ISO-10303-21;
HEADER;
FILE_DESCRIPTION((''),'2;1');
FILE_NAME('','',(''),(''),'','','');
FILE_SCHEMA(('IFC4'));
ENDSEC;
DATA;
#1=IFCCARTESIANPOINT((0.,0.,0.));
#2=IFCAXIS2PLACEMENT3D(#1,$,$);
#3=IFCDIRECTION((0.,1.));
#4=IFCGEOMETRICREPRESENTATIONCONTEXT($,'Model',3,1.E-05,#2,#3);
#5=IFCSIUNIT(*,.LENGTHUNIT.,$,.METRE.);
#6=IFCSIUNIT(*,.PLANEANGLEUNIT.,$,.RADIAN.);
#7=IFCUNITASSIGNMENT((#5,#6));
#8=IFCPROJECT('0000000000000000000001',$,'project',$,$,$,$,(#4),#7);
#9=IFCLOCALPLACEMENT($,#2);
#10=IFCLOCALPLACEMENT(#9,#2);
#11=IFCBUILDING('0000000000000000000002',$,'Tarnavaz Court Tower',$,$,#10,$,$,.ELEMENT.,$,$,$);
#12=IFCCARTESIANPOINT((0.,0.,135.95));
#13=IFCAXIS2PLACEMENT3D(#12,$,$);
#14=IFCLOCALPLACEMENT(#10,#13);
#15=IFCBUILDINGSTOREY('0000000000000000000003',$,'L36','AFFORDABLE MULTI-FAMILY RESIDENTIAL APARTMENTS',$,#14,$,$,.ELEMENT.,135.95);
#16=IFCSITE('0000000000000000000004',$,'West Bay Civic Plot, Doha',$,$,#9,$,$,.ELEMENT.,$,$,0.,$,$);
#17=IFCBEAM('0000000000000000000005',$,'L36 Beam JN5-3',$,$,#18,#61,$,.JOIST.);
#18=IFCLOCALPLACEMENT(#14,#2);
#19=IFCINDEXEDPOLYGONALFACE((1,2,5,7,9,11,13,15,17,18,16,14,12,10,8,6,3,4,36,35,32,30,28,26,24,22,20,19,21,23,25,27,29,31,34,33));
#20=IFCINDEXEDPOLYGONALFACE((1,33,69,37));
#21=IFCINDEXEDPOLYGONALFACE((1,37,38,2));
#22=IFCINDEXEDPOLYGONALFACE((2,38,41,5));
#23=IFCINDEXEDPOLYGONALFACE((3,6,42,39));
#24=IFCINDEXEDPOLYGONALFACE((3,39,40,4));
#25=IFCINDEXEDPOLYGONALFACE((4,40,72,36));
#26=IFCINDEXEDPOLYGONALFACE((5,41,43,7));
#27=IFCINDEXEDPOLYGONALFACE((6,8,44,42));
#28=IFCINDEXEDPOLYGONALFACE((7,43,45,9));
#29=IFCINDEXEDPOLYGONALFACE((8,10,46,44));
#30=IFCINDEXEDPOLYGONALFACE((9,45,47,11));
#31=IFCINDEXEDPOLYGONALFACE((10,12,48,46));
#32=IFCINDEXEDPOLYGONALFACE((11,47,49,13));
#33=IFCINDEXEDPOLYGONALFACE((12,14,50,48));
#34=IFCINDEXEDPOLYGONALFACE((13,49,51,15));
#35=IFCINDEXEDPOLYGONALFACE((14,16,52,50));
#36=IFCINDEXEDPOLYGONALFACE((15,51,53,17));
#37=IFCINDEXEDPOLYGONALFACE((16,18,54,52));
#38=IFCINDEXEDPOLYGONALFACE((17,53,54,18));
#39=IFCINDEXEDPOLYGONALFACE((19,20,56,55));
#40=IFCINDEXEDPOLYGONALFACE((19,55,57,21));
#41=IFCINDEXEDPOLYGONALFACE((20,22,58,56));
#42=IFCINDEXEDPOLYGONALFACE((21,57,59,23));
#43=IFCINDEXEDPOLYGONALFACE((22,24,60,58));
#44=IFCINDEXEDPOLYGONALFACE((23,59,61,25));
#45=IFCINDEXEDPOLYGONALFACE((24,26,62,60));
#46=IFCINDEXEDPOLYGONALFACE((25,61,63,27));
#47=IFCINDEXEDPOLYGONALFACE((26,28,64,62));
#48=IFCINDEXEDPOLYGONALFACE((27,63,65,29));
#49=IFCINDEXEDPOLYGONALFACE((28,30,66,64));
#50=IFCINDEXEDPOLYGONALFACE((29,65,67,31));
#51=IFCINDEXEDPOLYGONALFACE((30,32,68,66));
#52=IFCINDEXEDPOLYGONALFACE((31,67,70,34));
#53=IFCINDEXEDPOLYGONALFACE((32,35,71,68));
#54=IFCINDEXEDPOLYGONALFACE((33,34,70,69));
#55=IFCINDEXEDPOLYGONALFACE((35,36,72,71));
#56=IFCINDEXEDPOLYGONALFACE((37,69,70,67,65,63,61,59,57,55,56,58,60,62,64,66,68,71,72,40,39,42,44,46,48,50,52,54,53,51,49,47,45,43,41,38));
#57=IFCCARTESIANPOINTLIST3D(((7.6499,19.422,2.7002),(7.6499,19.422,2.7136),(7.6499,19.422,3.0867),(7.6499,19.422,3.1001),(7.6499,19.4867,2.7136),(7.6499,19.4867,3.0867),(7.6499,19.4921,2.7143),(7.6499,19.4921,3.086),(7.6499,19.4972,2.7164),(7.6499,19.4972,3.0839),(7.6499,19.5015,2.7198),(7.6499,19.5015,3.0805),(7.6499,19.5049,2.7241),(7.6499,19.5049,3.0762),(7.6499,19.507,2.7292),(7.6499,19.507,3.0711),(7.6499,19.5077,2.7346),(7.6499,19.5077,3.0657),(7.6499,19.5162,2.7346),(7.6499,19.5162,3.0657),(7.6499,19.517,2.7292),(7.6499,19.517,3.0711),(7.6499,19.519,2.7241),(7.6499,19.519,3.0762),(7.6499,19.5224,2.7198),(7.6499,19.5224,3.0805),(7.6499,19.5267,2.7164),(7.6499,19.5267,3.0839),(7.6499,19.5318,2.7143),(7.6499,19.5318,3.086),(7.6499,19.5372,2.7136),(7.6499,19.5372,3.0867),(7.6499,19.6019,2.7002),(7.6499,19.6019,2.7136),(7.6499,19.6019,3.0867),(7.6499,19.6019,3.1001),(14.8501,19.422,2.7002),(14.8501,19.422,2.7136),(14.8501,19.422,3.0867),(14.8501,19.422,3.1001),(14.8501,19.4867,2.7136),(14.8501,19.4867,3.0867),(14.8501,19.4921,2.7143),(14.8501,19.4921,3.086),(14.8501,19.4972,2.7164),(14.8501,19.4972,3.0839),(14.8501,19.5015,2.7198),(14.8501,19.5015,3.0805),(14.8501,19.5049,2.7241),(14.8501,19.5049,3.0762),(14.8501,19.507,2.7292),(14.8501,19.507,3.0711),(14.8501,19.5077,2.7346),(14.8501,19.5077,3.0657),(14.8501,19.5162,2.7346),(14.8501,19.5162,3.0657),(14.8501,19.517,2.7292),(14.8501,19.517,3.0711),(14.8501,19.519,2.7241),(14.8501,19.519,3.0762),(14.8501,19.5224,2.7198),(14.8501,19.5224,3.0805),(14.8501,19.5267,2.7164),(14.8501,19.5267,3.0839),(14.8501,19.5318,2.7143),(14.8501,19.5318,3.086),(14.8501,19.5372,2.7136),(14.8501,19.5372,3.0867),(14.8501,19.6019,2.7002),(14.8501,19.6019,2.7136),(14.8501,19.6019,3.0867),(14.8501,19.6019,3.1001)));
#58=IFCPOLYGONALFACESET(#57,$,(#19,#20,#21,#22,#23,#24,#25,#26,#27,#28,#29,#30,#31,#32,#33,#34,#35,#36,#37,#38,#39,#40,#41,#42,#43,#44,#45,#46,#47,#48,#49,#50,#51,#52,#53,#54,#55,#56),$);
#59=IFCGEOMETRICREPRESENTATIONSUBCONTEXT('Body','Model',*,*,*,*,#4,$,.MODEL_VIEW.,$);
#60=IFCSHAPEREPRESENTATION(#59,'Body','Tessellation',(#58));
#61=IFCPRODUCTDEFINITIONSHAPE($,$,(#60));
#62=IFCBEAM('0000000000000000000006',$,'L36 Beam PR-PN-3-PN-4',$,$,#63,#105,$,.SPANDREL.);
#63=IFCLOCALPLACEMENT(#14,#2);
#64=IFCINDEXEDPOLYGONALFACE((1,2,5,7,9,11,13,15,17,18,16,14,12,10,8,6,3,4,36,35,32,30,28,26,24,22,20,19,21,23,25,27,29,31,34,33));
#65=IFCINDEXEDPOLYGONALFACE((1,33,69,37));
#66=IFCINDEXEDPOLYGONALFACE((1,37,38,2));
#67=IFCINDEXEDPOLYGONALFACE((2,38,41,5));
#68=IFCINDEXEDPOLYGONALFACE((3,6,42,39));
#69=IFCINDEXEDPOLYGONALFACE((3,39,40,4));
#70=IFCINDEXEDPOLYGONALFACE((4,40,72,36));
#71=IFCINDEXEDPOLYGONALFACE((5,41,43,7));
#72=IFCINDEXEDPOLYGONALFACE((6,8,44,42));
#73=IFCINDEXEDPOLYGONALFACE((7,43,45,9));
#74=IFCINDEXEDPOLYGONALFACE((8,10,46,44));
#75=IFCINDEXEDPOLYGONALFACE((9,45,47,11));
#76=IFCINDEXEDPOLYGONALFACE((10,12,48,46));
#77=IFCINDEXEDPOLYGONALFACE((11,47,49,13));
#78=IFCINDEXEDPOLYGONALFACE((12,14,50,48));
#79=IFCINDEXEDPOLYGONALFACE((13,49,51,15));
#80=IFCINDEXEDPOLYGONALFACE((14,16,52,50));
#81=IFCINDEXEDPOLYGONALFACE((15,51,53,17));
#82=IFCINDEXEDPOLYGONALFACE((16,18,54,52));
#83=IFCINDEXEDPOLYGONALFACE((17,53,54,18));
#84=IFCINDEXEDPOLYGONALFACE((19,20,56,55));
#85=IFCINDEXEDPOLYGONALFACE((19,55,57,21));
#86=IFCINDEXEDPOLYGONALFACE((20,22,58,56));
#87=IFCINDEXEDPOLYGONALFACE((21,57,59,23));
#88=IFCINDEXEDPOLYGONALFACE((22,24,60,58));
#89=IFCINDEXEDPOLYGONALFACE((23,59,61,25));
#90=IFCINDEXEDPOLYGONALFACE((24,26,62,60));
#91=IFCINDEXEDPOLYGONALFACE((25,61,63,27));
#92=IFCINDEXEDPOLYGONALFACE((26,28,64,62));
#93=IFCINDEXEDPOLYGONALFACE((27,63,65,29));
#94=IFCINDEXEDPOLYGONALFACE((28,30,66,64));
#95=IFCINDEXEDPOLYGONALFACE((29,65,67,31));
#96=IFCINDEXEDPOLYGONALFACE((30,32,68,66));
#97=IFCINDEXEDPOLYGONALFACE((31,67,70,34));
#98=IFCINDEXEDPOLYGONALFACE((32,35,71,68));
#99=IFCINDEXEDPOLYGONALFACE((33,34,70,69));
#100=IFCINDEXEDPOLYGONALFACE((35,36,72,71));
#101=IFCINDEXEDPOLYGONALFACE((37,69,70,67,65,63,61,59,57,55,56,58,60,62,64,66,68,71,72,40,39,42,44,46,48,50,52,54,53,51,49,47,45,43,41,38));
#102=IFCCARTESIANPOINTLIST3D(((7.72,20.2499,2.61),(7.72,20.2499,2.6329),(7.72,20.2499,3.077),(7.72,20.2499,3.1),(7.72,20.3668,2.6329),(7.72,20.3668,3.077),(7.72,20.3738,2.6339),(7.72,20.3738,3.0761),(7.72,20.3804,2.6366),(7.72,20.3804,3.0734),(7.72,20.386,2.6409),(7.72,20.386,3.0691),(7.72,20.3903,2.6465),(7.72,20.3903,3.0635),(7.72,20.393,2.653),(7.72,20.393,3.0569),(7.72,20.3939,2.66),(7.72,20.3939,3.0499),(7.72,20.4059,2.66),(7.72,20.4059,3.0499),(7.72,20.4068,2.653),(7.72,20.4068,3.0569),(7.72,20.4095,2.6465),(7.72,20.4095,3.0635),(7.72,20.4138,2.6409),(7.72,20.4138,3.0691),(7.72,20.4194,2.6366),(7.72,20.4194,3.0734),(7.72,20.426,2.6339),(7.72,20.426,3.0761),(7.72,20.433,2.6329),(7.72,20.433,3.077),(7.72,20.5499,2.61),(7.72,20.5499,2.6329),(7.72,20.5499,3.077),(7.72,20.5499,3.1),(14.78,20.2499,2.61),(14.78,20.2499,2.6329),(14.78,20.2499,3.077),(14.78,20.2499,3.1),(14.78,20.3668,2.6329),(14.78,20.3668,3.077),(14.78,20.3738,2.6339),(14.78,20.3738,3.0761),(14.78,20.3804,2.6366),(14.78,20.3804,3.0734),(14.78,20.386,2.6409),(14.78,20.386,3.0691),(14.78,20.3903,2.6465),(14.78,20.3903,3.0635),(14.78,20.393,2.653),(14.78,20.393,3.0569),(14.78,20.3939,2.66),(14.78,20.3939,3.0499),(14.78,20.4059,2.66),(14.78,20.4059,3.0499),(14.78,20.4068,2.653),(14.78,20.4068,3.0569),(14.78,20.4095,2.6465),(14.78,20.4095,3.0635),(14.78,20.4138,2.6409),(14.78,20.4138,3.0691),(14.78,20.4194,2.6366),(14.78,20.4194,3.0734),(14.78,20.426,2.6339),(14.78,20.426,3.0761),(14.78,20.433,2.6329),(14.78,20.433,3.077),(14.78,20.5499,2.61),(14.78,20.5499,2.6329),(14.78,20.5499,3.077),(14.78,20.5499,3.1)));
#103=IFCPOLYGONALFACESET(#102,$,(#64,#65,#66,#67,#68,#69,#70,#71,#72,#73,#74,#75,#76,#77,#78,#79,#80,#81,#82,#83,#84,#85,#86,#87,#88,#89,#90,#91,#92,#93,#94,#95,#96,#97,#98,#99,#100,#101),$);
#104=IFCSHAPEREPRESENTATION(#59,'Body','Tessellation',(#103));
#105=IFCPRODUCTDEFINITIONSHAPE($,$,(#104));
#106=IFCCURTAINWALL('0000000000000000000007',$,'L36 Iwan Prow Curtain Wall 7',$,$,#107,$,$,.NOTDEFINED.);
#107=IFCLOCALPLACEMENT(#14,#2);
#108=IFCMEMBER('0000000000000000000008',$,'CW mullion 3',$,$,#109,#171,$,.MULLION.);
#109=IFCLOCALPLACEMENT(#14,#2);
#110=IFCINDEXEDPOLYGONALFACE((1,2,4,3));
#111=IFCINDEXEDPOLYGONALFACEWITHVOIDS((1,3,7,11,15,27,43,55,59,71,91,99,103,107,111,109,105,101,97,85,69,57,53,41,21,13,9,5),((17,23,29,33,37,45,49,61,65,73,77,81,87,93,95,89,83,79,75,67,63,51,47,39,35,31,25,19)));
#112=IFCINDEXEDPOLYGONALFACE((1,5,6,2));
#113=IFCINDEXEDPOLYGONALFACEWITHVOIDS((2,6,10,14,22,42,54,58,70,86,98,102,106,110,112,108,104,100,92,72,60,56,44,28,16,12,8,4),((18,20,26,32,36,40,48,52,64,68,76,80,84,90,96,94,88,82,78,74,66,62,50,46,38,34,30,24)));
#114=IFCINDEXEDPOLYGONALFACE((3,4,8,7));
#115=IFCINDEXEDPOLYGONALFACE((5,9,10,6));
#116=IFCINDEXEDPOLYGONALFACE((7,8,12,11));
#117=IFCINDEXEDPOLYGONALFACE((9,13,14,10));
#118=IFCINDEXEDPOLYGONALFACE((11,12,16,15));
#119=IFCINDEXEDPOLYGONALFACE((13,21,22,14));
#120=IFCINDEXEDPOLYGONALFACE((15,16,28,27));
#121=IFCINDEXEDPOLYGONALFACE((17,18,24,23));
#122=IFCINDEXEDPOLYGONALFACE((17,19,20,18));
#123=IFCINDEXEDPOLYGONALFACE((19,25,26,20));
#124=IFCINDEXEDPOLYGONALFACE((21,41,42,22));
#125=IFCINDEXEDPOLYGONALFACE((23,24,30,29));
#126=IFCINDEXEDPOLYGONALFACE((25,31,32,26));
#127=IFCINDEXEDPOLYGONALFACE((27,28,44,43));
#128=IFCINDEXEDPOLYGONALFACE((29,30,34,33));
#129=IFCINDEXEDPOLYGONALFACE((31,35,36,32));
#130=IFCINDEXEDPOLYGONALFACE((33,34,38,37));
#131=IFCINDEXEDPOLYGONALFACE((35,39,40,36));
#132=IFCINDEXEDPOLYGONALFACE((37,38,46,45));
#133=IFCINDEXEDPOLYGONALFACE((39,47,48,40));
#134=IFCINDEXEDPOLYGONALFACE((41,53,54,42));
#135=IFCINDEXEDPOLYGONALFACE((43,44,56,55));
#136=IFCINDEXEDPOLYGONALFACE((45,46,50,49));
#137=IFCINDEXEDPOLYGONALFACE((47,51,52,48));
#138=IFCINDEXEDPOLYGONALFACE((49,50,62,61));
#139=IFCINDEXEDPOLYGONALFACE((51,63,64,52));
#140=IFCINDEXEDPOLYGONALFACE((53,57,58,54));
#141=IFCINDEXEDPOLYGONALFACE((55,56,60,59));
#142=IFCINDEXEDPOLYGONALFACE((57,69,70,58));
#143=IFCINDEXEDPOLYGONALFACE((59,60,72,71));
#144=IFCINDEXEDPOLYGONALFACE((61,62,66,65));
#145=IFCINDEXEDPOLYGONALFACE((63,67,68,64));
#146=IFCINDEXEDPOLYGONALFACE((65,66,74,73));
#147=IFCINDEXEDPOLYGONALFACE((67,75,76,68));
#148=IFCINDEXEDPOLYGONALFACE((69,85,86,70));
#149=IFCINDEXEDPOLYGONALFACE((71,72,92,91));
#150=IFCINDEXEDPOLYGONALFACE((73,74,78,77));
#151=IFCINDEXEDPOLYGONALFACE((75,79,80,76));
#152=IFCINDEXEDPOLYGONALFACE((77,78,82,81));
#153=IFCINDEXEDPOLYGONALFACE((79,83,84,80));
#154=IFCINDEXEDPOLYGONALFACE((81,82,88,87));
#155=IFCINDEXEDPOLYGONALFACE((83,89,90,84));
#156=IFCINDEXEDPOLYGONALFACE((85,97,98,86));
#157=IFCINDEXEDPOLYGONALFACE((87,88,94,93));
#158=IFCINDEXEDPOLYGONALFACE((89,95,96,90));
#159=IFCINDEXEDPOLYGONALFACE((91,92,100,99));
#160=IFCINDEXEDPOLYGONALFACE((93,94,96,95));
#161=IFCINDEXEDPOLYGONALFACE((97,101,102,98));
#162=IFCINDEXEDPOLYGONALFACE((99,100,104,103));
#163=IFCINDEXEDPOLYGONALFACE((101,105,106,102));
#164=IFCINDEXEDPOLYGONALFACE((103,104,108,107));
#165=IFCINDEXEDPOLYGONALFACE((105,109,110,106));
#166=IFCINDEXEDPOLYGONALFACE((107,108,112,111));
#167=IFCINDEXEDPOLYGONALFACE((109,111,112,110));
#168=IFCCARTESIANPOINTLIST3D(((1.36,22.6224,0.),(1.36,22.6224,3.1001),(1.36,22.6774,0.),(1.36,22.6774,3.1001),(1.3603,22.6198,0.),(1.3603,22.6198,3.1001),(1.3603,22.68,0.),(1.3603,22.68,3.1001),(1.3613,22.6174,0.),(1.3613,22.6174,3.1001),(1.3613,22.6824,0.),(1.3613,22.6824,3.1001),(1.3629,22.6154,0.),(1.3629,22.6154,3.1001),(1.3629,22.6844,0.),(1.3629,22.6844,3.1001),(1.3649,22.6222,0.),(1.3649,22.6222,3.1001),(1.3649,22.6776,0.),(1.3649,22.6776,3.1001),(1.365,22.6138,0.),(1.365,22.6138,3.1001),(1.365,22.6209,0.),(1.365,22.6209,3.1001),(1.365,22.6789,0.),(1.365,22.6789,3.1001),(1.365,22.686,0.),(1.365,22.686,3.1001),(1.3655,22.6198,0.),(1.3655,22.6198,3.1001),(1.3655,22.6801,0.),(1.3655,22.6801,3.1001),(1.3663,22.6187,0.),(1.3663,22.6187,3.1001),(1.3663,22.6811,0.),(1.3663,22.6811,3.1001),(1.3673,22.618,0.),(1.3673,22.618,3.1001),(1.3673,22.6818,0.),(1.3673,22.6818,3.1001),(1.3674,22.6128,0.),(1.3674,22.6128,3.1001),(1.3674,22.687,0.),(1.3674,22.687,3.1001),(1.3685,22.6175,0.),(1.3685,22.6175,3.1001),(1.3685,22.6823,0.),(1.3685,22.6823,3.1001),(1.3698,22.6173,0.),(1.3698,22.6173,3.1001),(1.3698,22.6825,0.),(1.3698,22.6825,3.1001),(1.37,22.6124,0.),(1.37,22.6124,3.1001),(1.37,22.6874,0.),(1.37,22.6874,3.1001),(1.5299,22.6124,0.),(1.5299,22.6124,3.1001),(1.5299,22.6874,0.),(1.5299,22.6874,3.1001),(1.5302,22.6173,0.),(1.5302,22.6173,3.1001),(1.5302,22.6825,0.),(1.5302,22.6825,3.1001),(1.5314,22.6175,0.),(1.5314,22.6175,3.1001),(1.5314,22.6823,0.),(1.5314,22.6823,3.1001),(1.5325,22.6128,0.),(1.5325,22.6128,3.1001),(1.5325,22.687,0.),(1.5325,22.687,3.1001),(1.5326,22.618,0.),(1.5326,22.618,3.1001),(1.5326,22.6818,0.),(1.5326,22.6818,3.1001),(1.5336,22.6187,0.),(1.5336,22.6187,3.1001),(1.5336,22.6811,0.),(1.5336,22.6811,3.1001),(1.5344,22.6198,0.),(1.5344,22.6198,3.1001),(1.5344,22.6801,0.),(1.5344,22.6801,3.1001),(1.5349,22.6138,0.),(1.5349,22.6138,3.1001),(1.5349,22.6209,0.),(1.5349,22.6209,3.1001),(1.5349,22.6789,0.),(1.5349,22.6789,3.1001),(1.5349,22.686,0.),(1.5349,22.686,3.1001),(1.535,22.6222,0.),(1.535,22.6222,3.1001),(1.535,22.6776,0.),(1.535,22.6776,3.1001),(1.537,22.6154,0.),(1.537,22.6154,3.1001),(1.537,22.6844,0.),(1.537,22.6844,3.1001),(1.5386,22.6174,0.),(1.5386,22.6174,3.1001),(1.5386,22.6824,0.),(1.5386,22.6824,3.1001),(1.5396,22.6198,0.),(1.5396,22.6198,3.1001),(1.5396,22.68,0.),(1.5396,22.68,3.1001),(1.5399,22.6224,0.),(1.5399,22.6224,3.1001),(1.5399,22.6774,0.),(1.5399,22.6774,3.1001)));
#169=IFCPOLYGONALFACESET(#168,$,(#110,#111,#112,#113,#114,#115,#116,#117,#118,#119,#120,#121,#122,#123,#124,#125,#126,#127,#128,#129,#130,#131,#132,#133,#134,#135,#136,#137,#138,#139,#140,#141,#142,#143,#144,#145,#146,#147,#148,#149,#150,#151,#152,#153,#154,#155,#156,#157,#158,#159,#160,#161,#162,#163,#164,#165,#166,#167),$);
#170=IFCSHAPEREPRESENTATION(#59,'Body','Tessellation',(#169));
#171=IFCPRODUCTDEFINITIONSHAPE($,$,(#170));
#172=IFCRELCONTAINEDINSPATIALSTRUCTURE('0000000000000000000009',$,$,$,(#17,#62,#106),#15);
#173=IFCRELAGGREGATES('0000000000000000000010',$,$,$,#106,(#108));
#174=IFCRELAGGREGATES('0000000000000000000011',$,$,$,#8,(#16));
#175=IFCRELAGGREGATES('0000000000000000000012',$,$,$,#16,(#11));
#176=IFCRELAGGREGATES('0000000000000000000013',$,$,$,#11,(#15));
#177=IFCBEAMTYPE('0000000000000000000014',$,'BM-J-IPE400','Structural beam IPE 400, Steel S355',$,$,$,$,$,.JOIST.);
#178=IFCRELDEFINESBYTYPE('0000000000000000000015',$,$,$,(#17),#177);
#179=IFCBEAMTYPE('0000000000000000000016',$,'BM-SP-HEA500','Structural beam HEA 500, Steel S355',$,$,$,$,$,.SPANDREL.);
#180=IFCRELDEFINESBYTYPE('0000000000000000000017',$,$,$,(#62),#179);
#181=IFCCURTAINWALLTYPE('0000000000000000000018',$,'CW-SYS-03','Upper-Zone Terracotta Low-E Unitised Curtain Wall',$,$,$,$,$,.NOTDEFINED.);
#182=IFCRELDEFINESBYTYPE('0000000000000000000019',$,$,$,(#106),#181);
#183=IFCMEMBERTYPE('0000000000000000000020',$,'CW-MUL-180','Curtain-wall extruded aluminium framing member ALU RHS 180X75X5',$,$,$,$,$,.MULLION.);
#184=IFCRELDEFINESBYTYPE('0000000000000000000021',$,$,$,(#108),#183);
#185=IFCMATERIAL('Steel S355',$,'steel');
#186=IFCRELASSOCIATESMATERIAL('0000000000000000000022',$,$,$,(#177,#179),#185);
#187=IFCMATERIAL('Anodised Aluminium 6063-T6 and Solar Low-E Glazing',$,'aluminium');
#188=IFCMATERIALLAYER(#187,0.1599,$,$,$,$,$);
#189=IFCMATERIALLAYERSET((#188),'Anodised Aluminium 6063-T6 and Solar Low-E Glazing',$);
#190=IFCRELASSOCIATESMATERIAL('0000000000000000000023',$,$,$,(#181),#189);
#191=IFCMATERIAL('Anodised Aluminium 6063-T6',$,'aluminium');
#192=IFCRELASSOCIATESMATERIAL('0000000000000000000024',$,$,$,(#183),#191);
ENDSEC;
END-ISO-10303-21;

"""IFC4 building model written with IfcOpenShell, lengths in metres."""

from ifc_helpers import new_model, si_unit, direction, frame, origin, origin_2d, place, context, subcontext, project, spatial, hollow_rectangle, i_section, extrude, material, layer, layer_set, material_profile, profile_set, type_object, element, aggregate, save


model = new_model("IFC4")

# Units and contexts
model_context = context("Model", 3, precision=1e-05, world=origin(), true_north=direction((0.0, 1.0)))
body_context = subcontext(model_context, "Body", "Model", "MODEL_VIEW")
ifc_project = project(units=[si_unit("LENGTHUNIT", "METRE"), si_unit("PLANEANGLEUNIT", "RADIAN")], contexts=[model_context])

# Site, building, storey
site_placement = place(None, origin())
site = spatial("IfcSite", under=ifc_project, at=site_placement, Name="West Bay Civic Plot, Doha", CompositionType="ELEMENT", RefElevation=0.0)
building_placement = place(site_placement, origin())
building = spatial("IfcBuilding", under=site, at=building_placement, Name="Tarnavaz Court Tower", CompositionType="ELEMENT")
storey_placement = place(building_placement, frame((0.0, 0.0, 135.95)))
storey = spatial("IfcBuildingStorey", under=building, at=storey_placement, Name="L36", Description="AFFORDABLE MULTI-FAMILY RESIDENTIAL APARTMENTS", CompositionType="ELEMENT", Elevation=135.95)

# Beams
ifc_material_1 = material(Name="Steel S355", Category="steel")
ifc_material_profile_1 = material_profile(ifc_material_1, i_section(OverallWidth=0.1799, OverallDepth=0.3999, WebThickness=0.0085, FlangeThickness=0.0134, FilletRadius=0.021, at=origin_2d()), Name="IPE 400")
ifc_profile_set_1 = profile_set([ifc_material_profile_1], Name="Steel S355")
beam_type_1 = type_object("IfcBeamType", Name="BM-J-IPE400", Description="Structural beam IPE 400, Steel S355", PredefinedType="JOIST", material=ifc_profile_set_1)
for number, where, z_axis, x_axis, name in (
    (1, (7.6499, 19.512, 2.9001), (1.0, 0.0, 0.0), (0.0, 1.0, 0.0), "L36 Beam JN5-3"),
):
    element("IfcBeam", number, at=place(storey_placement, frame(where, z_axis=z_axis, x_axis=x_axis)), inside=storey, type_object=beam_type_1, Name=name, PredefinedType="JOIST", context=body_context, shape_type="SweptSolid", body=[
        extrude(i_section(OverallWidth=0.1799, OverallDepth=0.3999, WebThickness=0.0085, FlangeThickness=0.0134, FilletRadius=0.021, at=origin_2d()), origin(), (0.0, 0.0, 1.0), 7.2002),
    ])
ifc_material_profile_2 = material_profile(ifc_material_1, i_section(OverallWidth=0.3, OverallDepth=0.49, WebThickness=0.012, FlangeThickness=0.0229, FilletRadius=0.0271, at=origin_2d()), Name="HEA 500")
ifc_profile_set_2 = profile_set([ifc_material_profile_2], Name="Steel S355")
beam_type_2 = type_object("IfcBeamType", Name="BM-SP-HEA500", Description="Structural beam HEA 500, Steel S355", PredefinedType="SPANDREL", material=ifc_profile_set_2)
beam_placement = place(storey_placement, frame((7.72, 20.3999, 2.855), z_axis=(1.0, 0.0, 0.0), x_axis=(0.0, 1.0, 0.0)))
element("IfcBeam", 2, at=beam_placement, inside=storey, type_object=beam_type_2, Name="L36 Beam PR-PN-3-PN-4", PredefinedType="SPANDREL", context=body_context, shape_type="SweptSolid", body=[
    extrude(i_section(OverallWidth=0.3, OverallDepth=0.49, WebThickness=0.012, FlangeThickness=0.0229, FilletRadius=0.0271, at=origin_2d()), origin(), (0.0, 0.0, 1.0), 7.0601),
])

# Curtain wall, member
ifc_material_2 = material(Name="Anodised Aluminium 6063-T6 and Solar Low-E Glazing", Category="aluminium")
ifc_layer_1 = layer(ifc_material_2, 0.1599)
ifc_layer_set_1 = layer_set([ifc_layer_1], Name="Anodised Aluminium 6063-T6 and Solar Low-E Glazing")
curtain_wall_type = type_object("IfcCurtainWallType", Name="CW-SYS-03", Description="Upper-Zone Terracotta Low-E Unitised Curtain Wall", PredefinedType="NOTDEFINED", material=ifc_layer_set_1)
curtain_wall_placement = place(storey_placement, origin())
curtain_wall = element("IfcCurtainWall", 3, at=curtain_wall_placement, inside=storey, type_object=curtain_wall_type, Name="L36 Iwan Prow Curtain Wall 7", PredefinedType="NOTDEFINED")
ifc_material_3 = material(Name="Anodised Aluminium 6063-T6", Category="aluminium")
ifc_material_profile_3 = material_profile(ifc_material_3, hollow_rectangle(XDim=0.075, YDim=0.1799, WallThickness=0.0049, InnerFilletRadius=0.0049, OuterFilletRadius=0.01, at=origin_2d()), Name="ALU RHS 180X75X5")
ifc_profile_set_3 = profile_set([ifc_material_profile_3], Name="Anodised Aluminium 6063-T6")
member_type_1 = type_object("IfcMemberType", Name="CW-MUL-180", Description="Curtain-wall extruded aluminium framing member ALU RHS 180X75X5", PredefinedType="MULLION", material=ifc_profile_set_3)
member_1_placement = place(storey_placement, frame((1.45, 22.6499, 0.0), z_axis=(0.0, 0.0, 1.0), x_axis=(0.0, 1.0, 0.0)))
member_1 = element("IfcMember", 4, at=member_1_placement, type_object=member_type_1, Name="CW mullion 3", PredefinedType="MULLION", context=body_context, shape_type="SweptSolid", body=[
    extrude(hollow_rectangle(XDim=0.075, YDim=0.1799, WallThickness=0.0049, InnerFilletRadius=0.0049, OuterFilletRadius=0.01, at=origin_2d()), origin(), (0.0, 0.0, 1.0), 3.1001),
])
aggregate(curtain_wall, [member_1])

save(model, "model.ifc")
